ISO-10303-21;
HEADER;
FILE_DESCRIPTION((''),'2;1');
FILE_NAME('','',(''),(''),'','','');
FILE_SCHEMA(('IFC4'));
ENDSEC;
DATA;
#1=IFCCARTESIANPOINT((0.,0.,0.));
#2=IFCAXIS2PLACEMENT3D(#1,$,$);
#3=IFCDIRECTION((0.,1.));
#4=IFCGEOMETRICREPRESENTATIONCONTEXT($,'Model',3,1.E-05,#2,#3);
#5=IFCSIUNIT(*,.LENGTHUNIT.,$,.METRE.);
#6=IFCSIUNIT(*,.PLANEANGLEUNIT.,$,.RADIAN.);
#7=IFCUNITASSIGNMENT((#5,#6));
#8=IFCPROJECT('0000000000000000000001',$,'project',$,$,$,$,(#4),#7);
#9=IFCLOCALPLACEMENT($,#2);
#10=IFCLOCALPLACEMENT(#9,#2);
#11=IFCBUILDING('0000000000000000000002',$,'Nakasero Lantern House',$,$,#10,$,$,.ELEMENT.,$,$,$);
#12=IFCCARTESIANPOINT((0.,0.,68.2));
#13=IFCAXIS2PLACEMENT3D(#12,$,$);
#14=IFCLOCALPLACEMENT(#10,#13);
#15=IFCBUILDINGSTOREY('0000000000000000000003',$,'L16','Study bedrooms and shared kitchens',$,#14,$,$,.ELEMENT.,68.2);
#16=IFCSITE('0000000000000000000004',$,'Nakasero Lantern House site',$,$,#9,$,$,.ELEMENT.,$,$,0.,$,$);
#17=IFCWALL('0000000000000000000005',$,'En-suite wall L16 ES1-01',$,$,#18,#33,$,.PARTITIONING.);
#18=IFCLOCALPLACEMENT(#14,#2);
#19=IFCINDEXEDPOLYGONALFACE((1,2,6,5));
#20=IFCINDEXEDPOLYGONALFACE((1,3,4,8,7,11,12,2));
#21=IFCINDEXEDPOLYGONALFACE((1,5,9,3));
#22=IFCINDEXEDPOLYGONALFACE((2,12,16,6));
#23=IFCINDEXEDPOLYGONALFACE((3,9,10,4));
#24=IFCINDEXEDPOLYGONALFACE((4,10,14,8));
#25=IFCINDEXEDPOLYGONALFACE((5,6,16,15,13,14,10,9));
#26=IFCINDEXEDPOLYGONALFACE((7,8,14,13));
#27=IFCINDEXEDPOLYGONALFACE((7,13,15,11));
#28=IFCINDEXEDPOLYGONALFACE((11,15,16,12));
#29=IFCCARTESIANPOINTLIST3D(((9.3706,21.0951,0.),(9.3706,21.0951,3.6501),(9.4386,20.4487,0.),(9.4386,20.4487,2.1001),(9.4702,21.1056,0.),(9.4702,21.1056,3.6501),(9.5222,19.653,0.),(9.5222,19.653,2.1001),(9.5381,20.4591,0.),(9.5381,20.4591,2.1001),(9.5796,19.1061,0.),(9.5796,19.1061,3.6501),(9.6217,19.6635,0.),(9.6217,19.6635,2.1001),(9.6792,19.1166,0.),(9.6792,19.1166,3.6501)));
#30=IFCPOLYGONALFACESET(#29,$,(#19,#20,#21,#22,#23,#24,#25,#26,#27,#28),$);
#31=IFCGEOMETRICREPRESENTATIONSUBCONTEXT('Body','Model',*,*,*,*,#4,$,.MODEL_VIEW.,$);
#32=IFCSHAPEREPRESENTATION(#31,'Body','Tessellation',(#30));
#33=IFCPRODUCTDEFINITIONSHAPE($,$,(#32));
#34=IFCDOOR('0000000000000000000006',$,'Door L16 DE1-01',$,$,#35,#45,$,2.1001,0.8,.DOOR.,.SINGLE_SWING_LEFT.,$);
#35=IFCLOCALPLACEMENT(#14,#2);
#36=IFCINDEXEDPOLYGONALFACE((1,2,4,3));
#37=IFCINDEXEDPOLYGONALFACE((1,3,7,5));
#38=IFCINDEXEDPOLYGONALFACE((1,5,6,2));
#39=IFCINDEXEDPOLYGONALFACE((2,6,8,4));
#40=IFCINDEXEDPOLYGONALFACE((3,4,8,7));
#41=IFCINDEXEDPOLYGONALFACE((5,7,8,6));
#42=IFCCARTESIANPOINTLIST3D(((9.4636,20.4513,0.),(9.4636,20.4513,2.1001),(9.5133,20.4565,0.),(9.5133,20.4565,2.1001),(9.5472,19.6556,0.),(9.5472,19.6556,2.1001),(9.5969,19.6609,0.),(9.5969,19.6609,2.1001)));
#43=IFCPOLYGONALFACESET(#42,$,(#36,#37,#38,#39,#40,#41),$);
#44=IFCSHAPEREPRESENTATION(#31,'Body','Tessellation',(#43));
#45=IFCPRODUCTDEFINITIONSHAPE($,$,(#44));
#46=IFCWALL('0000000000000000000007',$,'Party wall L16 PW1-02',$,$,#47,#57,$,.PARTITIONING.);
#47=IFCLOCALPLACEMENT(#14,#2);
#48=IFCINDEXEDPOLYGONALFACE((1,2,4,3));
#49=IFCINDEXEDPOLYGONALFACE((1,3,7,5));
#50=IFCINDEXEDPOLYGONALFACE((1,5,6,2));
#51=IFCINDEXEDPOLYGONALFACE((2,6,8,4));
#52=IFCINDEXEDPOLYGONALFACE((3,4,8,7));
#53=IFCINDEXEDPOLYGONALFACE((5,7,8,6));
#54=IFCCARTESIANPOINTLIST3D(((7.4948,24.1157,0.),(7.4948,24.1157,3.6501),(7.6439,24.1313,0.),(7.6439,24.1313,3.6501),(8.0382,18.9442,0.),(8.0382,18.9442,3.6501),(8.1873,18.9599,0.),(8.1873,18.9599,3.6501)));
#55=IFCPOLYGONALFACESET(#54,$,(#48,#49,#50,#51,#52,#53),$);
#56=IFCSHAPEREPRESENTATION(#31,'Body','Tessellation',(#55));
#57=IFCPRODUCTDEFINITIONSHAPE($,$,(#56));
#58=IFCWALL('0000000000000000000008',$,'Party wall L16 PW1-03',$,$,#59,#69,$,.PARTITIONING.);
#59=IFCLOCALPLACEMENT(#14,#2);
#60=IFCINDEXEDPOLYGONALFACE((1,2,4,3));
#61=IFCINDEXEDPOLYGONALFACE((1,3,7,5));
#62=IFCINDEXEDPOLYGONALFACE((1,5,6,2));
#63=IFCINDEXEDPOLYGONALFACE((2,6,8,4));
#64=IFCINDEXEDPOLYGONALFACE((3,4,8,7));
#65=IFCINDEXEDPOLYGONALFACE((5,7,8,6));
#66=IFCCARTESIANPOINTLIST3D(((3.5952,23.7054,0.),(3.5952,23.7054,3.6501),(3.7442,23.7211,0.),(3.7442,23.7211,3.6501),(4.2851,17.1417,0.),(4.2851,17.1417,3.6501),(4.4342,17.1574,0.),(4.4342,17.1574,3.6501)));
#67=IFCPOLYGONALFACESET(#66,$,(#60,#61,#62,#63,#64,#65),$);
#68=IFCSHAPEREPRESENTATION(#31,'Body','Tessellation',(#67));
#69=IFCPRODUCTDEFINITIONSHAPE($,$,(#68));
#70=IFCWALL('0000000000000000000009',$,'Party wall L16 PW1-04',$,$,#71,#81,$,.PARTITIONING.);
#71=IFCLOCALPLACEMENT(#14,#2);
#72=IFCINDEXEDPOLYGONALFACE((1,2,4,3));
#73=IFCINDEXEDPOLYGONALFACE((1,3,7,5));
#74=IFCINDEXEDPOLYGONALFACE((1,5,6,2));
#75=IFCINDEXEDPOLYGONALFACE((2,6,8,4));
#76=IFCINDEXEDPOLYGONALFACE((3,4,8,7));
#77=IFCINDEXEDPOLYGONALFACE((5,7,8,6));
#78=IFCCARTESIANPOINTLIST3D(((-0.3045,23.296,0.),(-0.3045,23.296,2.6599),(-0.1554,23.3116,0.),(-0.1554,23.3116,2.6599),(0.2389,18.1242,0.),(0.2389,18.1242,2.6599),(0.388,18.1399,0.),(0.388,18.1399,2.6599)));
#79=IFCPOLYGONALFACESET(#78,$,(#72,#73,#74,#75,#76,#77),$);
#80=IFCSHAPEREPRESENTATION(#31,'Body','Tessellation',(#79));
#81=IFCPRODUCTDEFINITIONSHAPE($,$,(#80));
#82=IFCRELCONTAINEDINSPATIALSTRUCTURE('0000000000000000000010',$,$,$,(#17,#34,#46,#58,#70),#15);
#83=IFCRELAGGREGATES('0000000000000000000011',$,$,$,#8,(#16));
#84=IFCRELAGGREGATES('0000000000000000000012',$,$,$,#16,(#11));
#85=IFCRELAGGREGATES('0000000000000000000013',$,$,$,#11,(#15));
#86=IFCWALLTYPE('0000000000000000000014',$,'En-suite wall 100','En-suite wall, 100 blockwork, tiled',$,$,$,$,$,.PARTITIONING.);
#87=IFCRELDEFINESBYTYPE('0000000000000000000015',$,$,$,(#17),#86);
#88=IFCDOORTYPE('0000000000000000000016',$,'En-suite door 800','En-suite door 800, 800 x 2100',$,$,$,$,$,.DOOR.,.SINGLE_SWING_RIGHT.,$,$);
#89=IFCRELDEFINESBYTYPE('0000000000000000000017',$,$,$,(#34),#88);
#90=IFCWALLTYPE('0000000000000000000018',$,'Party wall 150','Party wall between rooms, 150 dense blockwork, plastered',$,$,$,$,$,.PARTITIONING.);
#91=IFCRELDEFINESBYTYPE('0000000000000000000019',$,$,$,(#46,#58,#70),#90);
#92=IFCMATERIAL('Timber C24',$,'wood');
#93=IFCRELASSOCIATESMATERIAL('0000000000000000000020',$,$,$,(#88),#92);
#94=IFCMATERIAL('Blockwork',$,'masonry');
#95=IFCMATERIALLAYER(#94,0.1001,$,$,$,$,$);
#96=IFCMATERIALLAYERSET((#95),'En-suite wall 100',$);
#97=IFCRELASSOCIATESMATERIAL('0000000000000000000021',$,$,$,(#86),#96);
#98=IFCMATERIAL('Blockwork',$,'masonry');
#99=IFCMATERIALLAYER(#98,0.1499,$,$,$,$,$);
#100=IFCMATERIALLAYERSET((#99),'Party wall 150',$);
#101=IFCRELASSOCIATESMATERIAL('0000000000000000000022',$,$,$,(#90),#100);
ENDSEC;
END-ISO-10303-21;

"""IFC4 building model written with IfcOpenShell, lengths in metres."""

from ifc_helpers import new_model, si_unit, direction, frame, frame_2d, origin, place, context, subcontext, project, spatial, rectangle, extrude, material, layer, layer_set, type_object, element, fill, save


model = new_model("IFC4")

# Units and contexts
model_context = context("Model", 3, precision=1e-05, world=origin(), true_north=direction((0.0, 1.0)))
body_context = subcontext(model_context, "Body", "Model", "MODEL_VIEW")
ifc_project = project(units=[si_unit("LENGTHUNIT", "METRE"), si_unit("PLANEANGLEUNIT", "RADIAN")], contexts=[model_context])

# Site, building, storey
site_placement = place(None, origin())
site = spatial("IfcSite", under=ifc_project, at=site_placement, Name="Nakasero Lantern House site", CompositionType="ELEMENT", RefElevation=0.0)
building_placement = place(site_placement, origin())
building = spatial("IfcBuilding", under=site, at=building_placement, Name="Nakasero Lantern House", CompositionType="ELEMENT")
storey_placement = place(building_placement, frame((0.0, 0.0, 68.2)))
storey = spatial("IfcBuildingStorey", under=building, at=storey_placement, Name="L16", Description="Study bedrooms and shared kitchens", CompositionType="ELEMENT", Elevation=68.2)

# Shared definitions
ifc_material_1 = material(Name="Timber C24", Category="wood")
door_type_1 = type_object("IfcDoorType", Name="En-suite door 800", Description="En-suite door 800, 800 x 2100", OperationType="SINGLE_SWING_RIGHT", PredefinedType="DOOR", material=ifc_material_1)

# Shared definitions
ifc_material_2 = material(Name="Blockwork", Category="masonry")
ifc_layer_1 = layer(ifc_material_2, 0.1001)
ifc_layer_set_1 = layer_set([ifc_layer_1], Name="En-suite wall 100")
wall_type_1 = type_object("IfcWallType", Name="En-suite wall 100", Description="En-suite wall, 100 blockwork, tiled", PredefinedType="PARTITIONING", material=ifc_layer_set_1)

# Wall, opening, door
wall_1_placement = place(storey_placement, frame((9.6294, 19.1113, 0.0), z_axis=(0.0, 0.0, 1.0), x_axis=(-0.104494, 0.994526, 0.0)))
wall_1 = element("IfcWall", 1, at=wall_1_placement, inside=storey, type_object=wall_type_1, Name="En-suite wall L16 ES1-01", PredefinedType="PARTITIONING", context=body_context, shape_type="SweptSolid", body=[
    extrude(rectangle(XDim=2.0, YDim=0.1001, at=frame_2d((1.0, 0.0))), origin(), (0.0, 0.0, 1.0), 3.6501),
])
opening_1_placement = place(wall_1_placement, frame((0.55, 0.0, 0.0)))
opening_1 = element("IfcOpeningElement", 2, at=opening_1_placement, cuts=wall_1, PredefinedType="OPENING", context=body_context, shape_type="SweptSolid", body=[
    extrude(rectangle(XDim=0.8, YDim=2.1001, at=frame_2d((0.3999, 1.05))), frame((0.0, 0.0701, 0.0), z_axis=(0.0, -1.0, 0.0), x_axis=(1.0, 0.0, 0.0)), (0.0, 0.0, 1.0), 0.1401),
])
door_1_placement = place(opening_1_placement, origin())
door_1 = element("IfcDoor", 3, at=door_1_placement, inside=storey, type_object=door_type_1, Name="Door L16 DE1-01", OperationType="SINGLE_SWING_LEFT", OverallHeight=2.1001, OverallWidth=0.8, PredefinedType="DOOR", context=body_context, shape_type="SweptSolid", body=[
    extrude(rectangle(XDim=0.8, YDim=2.1001, at=frame_2d((0.3999, 1.05))), frame((0.0, 0.0249, 0.0), z_axis=(0.0, -1.0, 0.0), x_axis=(1.0, 0.0, 0.0)), (0.0, 0.0, 1.0), 0.05),
])
fill(opening_1, door_1)

# Walls
ifc_material_3 = material(Name="Blockwork", Category="masonry")
ifc_layer_2 = layer(ifc_material_3, 0.1499)
ifc_layer_set_2 = layer_set([ifc_layer_2], Name="Party wall 150")
wall_type_2 = type_object("IfcWallType", Name="Party wall 150", Description="Party wall between rooms, 150 dense blockwork, plastered", PredefinedType="PARTITIONING", material=ifc_layer_set_2)
wall_2_placement = place(storey_placement, frame((8.1128, 18.9519, 0.0), z_axis=(0.0, 0.0, 1.0), x_axis=(-0.104514, 0.994523, 0.0)))
element("IfcWall", 4, at=wall_2_placement, inside=storey, type_object=wall_type_2, Name="Party wall L16 PW1-02", PredefinedType="PARTITIONING", context=body_context, shape_type="SweptSolid", body=[
    extrude(rectangle(XDim=5.2, YDim=0.1499, at=frame_2d((2.6001, 0.0))), origin(), (0.0, 0.0, 1.0), 3.6501),
])
wall_3_placement = place(storey_placement, frame((4.3596, 17.1497, 0.0), z_axis=(0.0, 0.0, 1.0), x_axis=(-0.104538, 0.994521, 0.0)))
element("IfcWall", 5, at=wall_3_placement, inside=storey, type_object=wall_type_2, Name="Party wall L16 PW1-03", PredefinedType="PARTITIONING", context=body_context, shape_type="SweptSolid", body=[
    extrude(rectangle(XDim=6.5999, YDim=0.1499, at=frame_2d((3.2998, 0.0))), origin(), (0.0, 0.0, 1.0), 3.6501),
])
wall_4_placement = place(storey_placement, frame((0.3135, 18.1321, 0.0), z_axis=(0.0, 0.0, 1.0), x_axis=(-0.104509, 0.994524, 0.0)))
element("IfcWall", 6, at=wall_4_placement, inside=storey, type_object=wall_type_2, Name="Party wall L16 PW1-04", PredefinedType="PARTITIONING", context=body_context, shape_type="SweptSolid", body=[
    extrude(rectangle(XDim=5.2002, YDim=0.1499, at=frame_2d((2.6001, 0.0))), origin(), (0.0, 0.0, 1.0), 2.6599),
])

save(model, "model.ifc")
